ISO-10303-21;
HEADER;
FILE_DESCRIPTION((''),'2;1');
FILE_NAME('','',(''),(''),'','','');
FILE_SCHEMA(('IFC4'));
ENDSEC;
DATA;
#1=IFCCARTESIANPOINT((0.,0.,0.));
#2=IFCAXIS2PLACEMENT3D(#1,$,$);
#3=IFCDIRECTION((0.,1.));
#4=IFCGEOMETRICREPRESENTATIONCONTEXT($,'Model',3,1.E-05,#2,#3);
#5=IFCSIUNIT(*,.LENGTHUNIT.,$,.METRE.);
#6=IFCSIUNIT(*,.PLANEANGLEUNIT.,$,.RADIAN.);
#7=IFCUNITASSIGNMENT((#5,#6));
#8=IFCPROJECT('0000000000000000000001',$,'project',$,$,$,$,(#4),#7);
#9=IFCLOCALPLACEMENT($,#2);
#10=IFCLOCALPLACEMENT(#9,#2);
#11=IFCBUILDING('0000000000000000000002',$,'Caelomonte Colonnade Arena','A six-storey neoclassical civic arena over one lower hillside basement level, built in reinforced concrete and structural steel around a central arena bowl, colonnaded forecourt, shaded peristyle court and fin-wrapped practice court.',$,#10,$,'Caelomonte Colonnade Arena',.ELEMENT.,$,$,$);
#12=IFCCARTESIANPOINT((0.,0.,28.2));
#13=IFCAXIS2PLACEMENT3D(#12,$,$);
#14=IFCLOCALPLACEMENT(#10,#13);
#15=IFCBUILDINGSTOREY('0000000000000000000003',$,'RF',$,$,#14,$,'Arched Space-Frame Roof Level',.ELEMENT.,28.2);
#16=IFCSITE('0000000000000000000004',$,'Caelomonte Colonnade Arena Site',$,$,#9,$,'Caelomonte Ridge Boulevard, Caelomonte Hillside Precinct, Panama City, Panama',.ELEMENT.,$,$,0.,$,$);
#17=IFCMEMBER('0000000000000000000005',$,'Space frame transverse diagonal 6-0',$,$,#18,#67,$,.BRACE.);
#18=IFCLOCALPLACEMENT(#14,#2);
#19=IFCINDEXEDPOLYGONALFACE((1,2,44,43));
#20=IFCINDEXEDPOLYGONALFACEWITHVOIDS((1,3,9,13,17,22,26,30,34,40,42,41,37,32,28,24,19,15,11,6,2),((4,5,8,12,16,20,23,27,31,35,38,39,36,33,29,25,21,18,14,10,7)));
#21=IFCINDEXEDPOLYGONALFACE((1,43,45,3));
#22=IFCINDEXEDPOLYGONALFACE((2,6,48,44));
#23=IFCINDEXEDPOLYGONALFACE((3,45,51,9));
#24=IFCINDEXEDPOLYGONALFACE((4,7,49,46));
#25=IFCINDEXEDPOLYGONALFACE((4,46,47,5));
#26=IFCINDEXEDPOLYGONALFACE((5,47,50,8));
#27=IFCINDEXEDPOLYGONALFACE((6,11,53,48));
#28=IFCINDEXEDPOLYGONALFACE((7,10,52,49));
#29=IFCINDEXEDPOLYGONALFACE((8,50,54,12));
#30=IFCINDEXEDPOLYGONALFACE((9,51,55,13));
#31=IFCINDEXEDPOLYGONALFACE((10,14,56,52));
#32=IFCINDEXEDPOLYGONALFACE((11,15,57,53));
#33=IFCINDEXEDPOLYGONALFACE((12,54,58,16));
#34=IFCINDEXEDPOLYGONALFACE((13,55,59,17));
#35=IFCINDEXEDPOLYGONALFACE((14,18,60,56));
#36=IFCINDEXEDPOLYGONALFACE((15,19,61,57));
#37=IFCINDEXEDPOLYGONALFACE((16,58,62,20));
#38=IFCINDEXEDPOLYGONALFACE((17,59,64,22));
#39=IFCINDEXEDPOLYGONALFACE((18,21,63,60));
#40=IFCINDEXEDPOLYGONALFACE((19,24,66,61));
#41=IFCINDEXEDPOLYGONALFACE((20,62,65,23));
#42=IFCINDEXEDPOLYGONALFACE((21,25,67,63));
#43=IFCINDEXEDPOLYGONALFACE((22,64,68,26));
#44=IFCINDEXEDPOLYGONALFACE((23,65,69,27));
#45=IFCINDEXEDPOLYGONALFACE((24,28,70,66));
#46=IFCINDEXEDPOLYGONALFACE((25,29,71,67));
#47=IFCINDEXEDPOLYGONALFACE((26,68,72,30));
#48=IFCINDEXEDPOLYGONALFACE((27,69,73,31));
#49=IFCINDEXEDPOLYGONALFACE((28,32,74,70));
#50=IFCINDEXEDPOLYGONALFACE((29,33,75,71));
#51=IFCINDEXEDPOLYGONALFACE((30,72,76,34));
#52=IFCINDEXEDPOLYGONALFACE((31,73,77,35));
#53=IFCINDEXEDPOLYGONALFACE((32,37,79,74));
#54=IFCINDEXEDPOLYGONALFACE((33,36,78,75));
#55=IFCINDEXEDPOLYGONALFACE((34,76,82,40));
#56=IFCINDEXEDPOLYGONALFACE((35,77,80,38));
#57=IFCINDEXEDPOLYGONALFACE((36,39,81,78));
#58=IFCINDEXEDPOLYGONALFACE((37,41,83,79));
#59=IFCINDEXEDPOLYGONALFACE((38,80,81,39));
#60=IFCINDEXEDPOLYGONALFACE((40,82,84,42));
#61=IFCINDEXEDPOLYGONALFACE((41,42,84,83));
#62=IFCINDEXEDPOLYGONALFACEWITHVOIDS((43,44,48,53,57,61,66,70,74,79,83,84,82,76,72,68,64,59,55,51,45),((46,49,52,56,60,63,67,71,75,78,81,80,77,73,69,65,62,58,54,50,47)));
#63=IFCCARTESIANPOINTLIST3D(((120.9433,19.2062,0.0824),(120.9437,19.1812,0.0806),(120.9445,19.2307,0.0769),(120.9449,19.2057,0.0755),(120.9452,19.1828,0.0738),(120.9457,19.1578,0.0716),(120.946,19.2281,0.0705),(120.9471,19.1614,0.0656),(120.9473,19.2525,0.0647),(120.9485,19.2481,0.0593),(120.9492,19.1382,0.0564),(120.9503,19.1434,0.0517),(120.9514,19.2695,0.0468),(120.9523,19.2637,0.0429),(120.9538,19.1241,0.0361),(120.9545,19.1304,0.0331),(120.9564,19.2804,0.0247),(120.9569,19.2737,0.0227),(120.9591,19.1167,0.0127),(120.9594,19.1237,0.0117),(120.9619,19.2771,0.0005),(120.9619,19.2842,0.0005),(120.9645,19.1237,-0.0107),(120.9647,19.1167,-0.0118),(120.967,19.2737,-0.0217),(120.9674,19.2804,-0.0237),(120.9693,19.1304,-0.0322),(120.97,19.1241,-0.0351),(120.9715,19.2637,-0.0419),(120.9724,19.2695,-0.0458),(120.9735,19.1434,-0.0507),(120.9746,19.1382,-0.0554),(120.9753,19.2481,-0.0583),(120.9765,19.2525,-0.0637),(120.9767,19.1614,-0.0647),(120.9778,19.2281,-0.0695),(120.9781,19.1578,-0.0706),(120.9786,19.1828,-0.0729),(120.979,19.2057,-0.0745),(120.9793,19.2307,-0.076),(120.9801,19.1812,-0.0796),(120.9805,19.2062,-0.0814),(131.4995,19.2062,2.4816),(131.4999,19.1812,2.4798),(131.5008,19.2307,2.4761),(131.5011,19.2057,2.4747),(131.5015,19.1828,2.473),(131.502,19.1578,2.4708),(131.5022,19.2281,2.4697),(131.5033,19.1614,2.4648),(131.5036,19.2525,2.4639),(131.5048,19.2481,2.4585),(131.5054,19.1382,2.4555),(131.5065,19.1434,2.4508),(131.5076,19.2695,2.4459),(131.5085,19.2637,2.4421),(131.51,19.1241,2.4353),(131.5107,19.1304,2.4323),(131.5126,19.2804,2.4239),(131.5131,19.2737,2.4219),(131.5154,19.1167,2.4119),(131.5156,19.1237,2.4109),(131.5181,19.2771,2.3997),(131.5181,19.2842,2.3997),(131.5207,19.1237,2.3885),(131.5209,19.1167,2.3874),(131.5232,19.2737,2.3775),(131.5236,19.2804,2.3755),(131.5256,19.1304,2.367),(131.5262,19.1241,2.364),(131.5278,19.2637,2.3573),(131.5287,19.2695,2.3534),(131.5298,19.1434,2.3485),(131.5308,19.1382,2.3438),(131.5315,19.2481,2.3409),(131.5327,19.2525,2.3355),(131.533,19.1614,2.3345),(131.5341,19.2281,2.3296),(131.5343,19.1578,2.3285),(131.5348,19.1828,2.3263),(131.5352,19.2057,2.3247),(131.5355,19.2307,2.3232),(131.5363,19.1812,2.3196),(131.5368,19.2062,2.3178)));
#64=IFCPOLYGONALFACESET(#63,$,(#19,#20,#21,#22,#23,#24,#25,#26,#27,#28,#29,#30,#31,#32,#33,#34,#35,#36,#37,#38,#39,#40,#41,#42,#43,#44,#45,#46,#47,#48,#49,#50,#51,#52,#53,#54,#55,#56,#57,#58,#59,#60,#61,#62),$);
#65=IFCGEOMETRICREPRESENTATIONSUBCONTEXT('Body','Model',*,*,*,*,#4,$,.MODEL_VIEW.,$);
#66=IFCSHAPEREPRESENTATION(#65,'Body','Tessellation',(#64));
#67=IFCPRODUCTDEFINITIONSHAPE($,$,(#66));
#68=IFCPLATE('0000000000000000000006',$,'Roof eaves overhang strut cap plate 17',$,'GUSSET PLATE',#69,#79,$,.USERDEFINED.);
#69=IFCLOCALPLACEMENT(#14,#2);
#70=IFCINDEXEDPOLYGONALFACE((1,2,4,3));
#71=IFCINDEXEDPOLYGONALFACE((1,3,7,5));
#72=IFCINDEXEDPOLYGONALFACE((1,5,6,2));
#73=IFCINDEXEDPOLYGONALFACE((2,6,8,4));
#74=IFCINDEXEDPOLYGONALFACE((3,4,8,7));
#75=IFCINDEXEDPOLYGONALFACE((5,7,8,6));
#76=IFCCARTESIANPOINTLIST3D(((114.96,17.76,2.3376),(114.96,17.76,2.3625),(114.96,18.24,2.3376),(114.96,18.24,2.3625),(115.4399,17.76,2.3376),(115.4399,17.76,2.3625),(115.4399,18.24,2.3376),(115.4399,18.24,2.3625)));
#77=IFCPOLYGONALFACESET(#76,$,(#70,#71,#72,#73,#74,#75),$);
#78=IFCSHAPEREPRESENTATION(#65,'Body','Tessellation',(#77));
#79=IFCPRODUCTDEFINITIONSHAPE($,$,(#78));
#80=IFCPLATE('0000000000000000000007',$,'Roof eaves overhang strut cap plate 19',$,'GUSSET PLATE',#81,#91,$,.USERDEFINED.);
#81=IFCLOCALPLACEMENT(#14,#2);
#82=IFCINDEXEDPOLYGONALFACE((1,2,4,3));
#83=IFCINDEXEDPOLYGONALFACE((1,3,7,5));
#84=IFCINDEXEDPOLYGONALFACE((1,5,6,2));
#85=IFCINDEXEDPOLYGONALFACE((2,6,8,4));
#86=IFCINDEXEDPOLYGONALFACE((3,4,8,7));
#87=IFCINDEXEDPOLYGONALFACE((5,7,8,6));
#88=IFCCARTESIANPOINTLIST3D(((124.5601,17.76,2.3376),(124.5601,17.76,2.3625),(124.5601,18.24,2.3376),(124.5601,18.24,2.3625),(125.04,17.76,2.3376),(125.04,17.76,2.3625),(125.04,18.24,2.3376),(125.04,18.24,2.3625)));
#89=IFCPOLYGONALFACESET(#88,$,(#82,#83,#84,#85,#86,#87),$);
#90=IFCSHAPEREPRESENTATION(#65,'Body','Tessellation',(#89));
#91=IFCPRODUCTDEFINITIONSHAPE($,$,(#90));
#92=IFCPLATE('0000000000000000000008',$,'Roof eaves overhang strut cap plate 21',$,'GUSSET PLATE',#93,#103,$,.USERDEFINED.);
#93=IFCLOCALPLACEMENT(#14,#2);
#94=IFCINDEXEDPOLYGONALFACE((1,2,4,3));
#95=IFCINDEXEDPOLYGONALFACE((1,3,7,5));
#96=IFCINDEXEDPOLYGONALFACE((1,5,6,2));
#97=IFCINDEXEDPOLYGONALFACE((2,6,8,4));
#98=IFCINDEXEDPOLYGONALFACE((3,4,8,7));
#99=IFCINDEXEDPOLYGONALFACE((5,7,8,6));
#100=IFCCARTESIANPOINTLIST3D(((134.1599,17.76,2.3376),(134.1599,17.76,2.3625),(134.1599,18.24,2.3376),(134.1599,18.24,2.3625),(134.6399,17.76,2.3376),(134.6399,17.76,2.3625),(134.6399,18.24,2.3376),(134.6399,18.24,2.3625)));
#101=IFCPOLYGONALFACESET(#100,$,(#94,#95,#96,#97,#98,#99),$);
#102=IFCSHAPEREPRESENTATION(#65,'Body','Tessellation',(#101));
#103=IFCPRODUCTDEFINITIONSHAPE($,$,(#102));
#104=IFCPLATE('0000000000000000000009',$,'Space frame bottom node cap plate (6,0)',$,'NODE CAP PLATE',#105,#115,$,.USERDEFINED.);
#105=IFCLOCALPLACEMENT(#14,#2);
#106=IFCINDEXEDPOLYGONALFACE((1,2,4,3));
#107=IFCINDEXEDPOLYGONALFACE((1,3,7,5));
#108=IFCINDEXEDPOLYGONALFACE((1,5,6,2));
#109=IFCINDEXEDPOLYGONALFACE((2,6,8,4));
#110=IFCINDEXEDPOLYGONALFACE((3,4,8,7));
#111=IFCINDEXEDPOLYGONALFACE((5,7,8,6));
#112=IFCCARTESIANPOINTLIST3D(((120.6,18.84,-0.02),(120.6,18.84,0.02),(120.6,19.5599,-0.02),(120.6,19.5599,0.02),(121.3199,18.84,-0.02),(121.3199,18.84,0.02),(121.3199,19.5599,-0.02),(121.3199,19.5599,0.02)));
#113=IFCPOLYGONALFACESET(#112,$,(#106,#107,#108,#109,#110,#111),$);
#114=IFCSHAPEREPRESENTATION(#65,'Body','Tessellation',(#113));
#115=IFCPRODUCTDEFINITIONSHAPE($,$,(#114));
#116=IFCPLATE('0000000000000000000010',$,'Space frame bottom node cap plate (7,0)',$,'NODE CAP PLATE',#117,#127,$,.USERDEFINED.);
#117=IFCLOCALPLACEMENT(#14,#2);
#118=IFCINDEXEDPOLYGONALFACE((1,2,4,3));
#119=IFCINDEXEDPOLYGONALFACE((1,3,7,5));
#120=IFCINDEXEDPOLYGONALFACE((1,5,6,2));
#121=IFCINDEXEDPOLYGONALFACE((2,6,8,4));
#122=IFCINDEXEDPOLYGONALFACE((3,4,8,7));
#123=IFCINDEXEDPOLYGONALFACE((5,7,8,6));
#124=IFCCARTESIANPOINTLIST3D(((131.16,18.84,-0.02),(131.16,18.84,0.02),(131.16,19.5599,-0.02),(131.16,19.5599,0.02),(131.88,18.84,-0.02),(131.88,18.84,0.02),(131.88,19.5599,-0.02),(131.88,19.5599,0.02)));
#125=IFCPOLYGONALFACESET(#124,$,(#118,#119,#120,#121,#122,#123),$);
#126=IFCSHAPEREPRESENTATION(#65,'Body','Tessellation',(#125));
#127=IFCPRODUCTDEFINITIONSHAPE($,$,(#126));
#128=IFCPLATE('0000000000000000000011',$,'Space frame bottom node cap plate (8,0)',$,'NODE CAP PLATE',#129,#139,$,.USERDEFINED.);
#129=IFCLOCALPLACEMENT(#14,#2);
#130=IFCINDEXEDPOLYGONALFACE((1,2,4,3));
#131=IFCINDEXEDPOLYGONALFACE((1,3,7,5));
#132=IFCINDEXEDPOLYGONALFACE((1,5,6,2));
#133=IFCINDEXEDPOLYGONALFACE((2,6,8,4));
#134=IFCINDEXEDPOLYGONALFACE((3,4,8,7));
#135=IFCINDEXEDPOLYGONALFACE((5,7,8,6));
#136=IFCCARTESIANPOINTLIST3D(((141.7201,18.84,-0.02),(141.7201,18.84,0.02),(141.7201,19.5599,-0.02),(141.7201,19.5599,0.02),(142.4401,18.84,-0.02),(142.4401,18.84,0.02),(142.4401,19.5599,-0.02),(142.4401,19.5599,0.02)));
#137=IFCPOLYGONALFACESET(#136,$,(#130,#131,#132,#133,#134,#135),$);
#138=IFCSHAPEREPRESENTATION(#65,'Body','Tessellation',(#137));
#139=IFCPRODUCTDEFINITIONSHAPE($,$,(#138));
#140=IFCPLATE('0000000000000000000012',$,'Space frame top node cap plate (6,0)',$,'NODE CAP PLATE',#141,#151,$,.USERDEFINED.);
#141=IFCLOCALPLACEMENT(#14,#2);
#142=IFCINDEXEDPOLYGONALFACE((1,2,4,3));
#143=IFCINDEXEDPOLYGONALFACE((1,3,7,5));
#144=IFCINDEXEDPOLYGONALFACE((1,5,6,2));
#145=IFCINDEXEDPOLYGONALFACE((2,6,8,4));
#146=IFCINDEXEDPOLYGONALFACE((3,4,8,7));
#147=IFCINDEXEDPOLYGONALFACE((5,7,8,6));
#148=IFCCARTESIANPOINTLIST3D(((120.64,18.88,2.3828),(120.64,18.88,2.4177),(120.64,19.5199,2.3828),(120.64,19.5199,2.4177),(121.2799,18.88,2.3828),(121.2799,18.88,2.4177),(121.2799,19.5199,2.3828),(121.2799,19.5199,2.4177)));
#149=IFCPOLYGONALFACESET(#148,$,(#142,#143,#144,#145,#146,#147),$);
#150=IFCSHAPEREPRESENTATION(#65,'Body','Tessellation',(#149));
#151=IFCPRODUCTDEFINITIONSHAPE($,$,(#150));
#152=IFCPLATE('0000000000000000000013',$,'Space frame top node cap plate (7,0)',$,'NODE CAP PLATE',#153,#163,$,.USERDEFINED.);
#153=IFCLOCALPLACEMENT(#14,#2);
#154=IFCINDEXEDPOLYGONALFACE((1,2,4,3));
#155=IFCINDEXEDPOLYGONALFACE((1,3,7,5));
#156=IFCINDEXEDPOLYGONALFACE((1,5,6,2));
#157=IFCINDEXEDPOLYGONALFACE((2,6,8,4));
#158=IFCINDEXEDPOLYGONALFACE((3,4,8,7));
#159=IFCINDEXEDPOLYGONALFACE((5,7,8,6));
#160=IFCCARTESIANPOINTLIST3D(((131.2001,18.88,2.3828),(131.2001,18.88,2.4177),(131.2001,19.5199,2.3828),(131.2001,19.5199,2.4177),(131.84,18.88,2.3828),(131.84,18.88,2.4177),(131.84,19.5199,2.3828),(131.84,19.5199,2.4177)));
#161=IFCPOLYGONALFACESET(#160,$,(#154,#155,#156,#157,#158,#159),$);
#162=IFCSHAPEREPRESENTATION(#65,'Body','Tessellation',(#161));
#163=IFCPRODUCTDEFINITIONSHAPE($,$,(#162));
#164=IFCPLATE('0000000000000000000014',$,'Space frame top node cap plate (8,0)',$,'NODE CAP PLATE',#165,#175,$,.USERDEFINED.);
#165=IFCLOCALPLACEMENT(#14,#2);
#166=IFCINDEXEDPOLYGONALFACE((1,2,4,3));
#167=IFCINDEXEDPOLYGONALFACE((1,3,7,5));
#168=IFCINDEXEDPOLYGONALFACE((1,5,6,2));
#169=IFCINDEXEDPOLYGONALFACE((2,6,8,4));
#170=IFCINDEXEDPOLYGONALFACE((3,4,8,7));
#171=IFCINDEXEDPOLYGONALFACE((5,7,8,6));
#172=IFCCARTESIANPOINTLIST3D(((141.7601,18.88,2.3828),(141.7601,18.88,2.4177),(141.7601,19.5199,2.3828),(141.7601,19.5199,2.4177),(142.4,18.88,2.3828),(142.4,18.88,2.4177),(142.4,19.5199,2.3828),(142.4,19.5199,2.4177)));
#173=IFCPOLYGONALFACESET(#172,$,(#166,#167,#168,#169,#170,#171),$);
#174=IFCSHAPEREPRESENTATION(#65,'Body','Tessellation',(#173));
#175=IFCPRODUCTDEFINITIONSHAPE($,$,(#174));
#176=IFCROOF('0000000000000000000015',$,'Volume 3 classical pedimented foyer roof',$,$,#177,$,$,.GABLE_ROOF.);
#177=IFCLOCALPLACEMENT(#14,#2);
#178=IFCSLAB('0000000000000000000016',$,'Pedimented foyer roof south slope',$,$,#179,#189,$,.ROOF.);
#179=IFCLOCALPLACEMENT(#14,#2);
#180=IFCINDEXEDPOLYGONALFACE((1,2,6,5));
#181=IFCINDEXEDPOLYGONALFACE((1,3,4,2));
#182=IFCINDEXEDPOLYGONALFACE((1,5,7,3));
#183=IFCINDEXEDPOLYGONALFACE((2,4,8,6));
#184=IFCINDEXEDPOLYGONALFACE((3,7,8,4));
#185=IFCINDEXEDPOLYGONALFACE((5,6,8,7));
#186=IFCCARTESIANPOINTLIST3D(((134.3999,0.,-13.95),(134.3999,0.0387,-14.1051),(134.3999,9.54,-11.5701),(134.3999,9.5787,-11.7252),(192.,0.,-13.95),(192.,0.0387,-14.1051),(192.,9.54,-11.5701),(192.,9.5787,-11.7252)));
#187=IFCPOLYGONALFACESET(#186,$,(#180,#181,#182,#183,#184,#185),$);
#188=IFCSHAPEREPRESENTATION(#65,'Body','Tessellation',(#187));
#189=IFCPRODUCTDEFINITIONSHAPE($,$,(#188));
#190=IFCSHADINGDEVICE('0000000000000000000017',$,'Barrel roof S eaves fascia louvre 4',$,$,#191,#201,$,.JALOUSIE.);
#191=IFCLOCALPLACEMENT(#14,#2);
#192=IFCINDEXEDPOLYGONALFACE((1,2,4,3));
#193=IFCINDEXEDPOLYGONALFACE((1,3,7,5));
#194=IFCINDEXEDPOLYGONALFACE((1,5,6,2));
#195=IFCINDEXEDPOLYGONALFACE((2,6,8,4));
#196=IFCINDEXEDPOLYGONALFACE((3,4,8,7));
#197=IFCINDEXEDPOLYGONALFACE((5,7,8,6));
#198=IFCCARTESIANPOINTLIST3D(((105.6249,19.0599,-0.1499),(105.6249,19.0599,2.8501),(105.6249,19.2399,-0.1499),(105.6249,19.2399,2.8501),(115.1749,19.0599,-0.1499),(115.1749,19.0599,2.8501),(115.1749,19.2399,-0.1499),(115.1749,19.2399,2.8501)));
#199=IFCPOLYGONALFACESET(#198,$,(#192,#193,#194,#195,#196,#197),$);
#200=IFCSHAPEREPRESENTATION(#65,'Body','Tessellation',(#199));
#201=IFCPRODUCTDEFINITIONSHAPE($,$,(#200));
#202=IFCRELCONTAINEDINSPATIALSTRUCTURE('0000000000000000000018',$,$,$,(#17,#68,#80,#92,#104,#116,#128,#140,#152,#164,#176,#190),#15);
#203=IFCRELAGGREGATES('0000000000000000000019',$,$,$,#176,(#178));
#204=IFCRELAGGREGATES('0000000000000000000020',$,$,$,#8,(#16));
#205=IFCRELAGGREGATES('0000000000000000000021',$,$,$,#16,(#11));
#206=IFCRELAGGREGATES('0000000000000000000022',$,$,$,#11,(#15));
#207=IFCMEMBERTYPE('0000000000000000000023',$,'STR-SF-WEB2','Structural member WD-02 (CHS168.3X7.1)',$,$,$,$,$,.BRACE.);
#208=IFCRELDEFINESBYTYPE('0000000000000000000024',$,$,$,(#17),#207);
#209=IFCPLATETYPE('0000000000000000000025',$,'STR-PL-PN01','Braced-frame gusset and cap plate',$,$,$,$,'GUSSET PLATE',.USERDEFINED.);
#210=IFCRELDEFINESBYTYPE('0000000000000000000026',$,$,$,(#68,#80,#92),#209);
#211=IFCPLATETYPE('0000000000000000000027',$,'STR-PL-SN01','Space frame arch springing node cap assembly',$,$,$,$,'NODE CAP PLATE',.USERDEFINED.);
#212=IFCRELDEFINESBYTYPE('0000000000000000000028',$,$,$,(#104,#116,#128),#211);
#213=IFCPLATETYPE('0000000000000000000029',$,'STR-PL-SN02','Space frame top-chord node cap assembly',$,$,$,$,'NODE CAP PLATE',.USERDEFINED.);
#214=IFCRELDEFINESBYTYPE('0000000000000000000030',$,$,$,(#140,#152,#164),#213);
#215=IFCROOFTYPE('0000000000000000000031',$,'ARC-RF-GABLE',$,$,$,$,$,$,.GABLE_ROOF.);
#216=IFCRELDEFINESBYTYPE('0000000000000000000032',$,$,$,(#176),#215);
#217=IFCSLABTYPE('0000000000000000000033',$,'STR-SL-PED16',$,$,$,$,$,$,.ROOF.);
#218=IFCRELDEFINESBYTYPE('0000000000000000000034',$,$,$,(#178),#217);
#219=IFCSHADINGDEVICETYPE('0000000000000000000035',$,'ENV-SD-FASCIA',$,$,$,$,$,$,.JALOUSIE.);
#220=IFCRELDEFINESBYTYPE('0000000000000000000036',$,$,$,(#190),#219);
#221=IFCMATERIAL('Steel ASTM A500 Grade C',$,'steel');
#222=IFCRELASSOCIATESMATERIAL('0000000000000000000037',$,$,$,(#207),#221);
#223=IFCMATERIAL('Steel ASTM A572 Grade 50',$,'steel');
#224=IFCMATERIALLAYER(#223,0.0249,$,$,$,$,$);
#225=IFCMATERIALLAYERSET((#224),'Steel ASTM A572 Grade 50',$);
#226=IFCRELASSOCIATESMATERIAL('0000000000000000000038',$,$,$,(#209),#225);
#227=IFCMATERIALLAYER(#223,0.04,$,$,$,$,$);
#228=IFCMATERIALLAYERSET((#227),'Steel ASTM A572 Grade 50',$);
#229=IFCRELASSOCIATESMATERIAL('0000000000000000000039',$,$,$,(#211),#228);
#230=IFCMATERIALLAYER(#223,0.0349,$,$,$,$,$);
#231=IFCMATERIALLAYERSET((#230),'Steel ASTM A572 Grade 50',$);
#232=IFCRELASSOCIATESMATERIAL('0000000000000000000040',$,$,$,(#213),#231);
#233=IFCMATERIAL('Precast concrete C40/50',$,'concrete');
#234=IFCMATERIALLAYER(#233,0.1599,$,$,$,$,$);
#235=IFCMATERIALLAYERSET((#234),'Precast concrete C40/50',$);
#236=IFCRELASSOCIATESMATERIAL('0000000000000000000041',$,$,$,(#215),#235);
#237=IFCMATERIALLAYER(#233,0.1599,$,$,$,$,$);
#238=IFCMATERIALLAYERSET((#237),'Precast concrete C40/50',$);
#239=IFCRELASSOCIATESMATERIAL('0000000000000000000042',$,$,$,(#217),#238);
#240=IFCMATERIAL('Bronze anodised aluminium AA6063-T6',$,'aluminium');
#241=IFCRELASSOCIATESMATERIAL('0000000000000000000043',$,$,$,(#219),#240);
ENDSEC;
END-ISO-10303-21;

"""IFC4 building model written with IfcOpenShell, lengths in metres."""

from ifc_helpers import new_model, si_unit, direction, frame, origin, origin_2d, place, context, subcontext, project, spatial, polyline, rectangle, hollow_circle, outline, extrude, material, layer, layer_set, material_profile, profile_set, type_object, element, aggregate, save


model = new_model("IFC4")

# Units and contexts
model_context = context("Model", 3, precision=1e-05, world=origin(), true_north=direction((0.0, 1.0)))
body_context = subcontext(model_context, "Body", "Model", "MODEL_VIEW")
ifc_project = project(units=[si_unit("LENGTHUNIT", "METRE"), si_unit("PLANEANGLEUNIT", "RADIAN")], contexts=[model_context])

# Site, building, storey
site_placement = place(None, origin())
site = spatial("IfcSite", under=ifc_project, at=site_placement, Name="Caelomonte Colonnade Arena Site", LongName="Caelomonte Ridge Boulevard, Caelomonte Hillside Precinct, Panama City, Panama", CompositionType="ELEMENT", RefElevation=0.0)
building_placement = place(site_placement, origin())
building = spatial("IfcBuilding", under=site, at=building_placement, Name="Caelomonte Colonnade Arena", Description="A six-storey neoclassical civic arena over one lower hillside basement level, built in reinforced concrete and structural steel around a central arena bowl, colonnaded forecourt, shaded peristyle court and fin-wrapped practice court.", LongName="Caelomonte Colonnade Arena", CompositionType="ELEMENT")
storey_placement = place(building_placement, frame((0.0, 0.0, 28.2)))
storey = spatial("IfcBuildingStorey", under=building, at=storey_placement, Name="RF", LongName="Arched Space-Frame Roof Level", CompositionType="ELEMENT", Elevation=28.2)

# Member
ifc_material_1 = material(Name="Steel ASTM A500 Grade C", Category="steel")
ifc_material_profile_1 = material_profile(ifc_material_1, hollow_circle(Radius=0.0842, WallThickness=0.0071, at=origin_2d()), Name="CHS168.3X7.1")
ifc_profile_set_1 = profile_set([ifc_material_profile_1], Name="Steel ASTM A500 Grade C")
member_type_1 = type_object("IfcMemberType", Name="STR-SF-WEB2", Description="Structural member WD-02 (CHS168.3X7.1)", PredefinedType="BRACE", material=ifc_profile_set_1)
member_1_placement = place(storey_placement, frame((120.9619, 19.2, 0.0005), z_axis=(0.975132, 0.0, 0.221625), x_axis=(0.0, 1.0, 0.0)))
element("IfcMember", 1, at=member_1_placement, inside=storey, type_object=member_type_1, Name="Space frame transverse diagonal 6-0", PredefinedType="BRACE", context=body_context, shape_type="SweptSolid", body=[
    extrude(hollow_circle(Radius=0.0842, WallThickness=0.0071, at=origin_2d()), origin(), (0.0, 0.0, 1.0), 10.8254),
])

# Plates
ifc_material_2 = material(Name="Steel ASTM A572 Grade 50", Category="steel")
ifc_layer_1 = layer(ifc_material_2, 0.0249)
ifc_layer_set_1 = layer_set([ifc_layer_1], Name="Steel ASTM A572 Grade 50")
plate_type_1 = type_object("IfcPlateType", Name="STR-PL-PN01", Description="Braced-frame gusset and cap plate", ElementType="GUSSET PLATE", PredefinedType="USERDEFINED", material=ifc_layer_set_1)
for number, where, z_axis, x_axis, name in (
    (2, (115.2, 18.0, 2.3376), (0.0, 0.0, 1.0), (1.0, 0.0, 0.0), "Roof eaves overhang strut cap plate 17"),
    (3, (124.8, 18.0, 2.3376), (0.0, 0.0, 1.0), (1.0, 0.0, 0.0), "Roof eaves overhang strut cap plate 19"),
    (4, (134.3999, 18.0, 2.3376), (0.0, 0.0, 1.0), (1.0, 0.0, 0.0), "Roof eaves overhang strut cap plate 21"),
):
    element("IfcPlate", number, at=place(storey_placement, frame(where, z_axis=z_axis, x_axis=x_axis)), inside=storey, type_object=plate_type_1, Name=name, ObjectType="GUSSET PLATE", PredefinedType="USERDEFINED", context=body_context, shape_type="SweptSolid", body=[
        extrude(rectangle(XDim=0.48, YDim=0.48, at=origin_2d()), origin(), (0.0, 0.0, 1.0), 0.0249),
    ])
ifc_layer_2 = layer(ifc_material_2, 0.04)
ifc_layer_set_2 = layer_set([ifc_layer_2], Name="Steel ASTM A572 Grade 50")
plate_type_2 = type_object("IfcPlateType", Name="STR-PL-SN01", Description="Space frame arch springing node cap assembly", ElementType="NODE CAP PLATE", PredefinedType="USERDEFINED", material=ifc_layer_set_2)
for number, where, z_axis, x_axis, name in (
    (5, (120.96, 19.2, -0.02), (0.0, 0.0, 1.0), (1.0, 0.0, 0.0), "Space frame bottom node cap plate (6,0)"),
    (6, (131.52, 19.2, -0.02), (0.0, 0.0, 1.0), (1.0, 0.0, 0.0), "Space frame bottom node cap plate (7,0)"),
    (7, (142.0801, 19.2, -0.02), (0.0, 0.0, 1.0), (1.0, 0.0, 0.0), "Space frame bottom node cap plate (8,0)"),
):
    element("IfcPlate", number, at=place(storey_placement, frame(where, z_axis=z_axis, x_axis=x_axis)), inside=storey, type_object=plate_type_2, Name=name, ObjectType="NODE CAP PLATE", PredefinedType="USERDEFINED", context=body_context, shape_type="SweptSolid", body=[
        extrude(rectangle(XDim=0.72, YDim=0.72, at=origin_2d()), origin(), (0.0, 0.0, 1.0), 0.04),
    ])
ifc_layer_3 = layer(ifc_material_2, 0.0349)
ifc_layer_set_3 = layer_set([ifc_layer_3], Name="Steel ASTM A572 Grade 50")
plate_type_3 = type_object("IfcPlateType", Name="STR-PL-SN02", Description="Space frame top-chord node cap assembly", ElementType="NODE CAP PLATE", PredefinedType="USERDEFINED", material=ifc_layer_set_3)
for number, where, z_axis, x_axis, name in (
    (8, (120.96, 19.2, 2.3828), (0.0, 0.0, 1.0), (1.0, 0.0, 0.0), "Space frame top node cap plate (6,0)"),
    (9, (131.52, 19.2, 2.3828), (0.0, 0.0, 1.0), (1.0, 0.0, 0.0), "Space frame top node cap plate (7,0)"),
    (10, (142.0801, 19.2, 2.3828), (0.0, 0.0, 1.0), (1.0, 0.0, 0.0), "Space frame top node cap plate (8,0)"),
):
    element("IfcPlate", number, at=place(storey_placement, frame(where, z_axis=z_axis, x_axis=x_axis)), inside=storey, type_object=plate_type_3, Name=name, ObjectType="NODE CAP PLATE", PredefinedType="USERDEFINED", context=body_context, shape_type="SweptSolid", body=[
        extrude(rectangle(XDim=0.6399, YDim=0.6399, at=origin_2d()), origin(), (0.0, 0.0, 1.0), 0.0349),
    ])

# Roof, slab
ifc_material_3 = material(Name="Precast concrete C40/50", Category="concrete")
ifc_layer_4 = layer(ifc_material_3, 0.1599)
ifc_layer_set_4 = layer_set([ifc_layer_4], Name="Precast concrete C40/50")
roof_type = type_object("IfcRoofType", Name="ARC-RF-GABLE", PredefinedType="GABLE_ROOF", material=ifc_layer_set_4)
roof_placement = place(storey_placement, origin())
roof = element("IfcRoof", 11, at=roof_placement, inside=storey, type_object=roof_type, Name="Volume 3 classical pedimented foyer roof", PredefinedType="GABLE_ROOF")
ifc_layer_5 = layer(ifc_material_3, 0.1599)
ifc_layer_set_5 = layer_set([ifc_layer_5], Name="Precast concrete C40/50")
slab_type = type_object("IfcSlabType", Name="STR-SL-PED16", PredefinedType="ROOF", material=ifc_layer_set_5)
slab_placement = place(storey_placement, frame((134.3999, 0.0, -13.95), z_axis=(0.0, -0.242045, 0.970265), x_axis=(1.0, 0.0, 0.0)))
slab = element("IfcSlab", 12, at=slab_placement, type_object=slab_type, Name="Pedimented foyer roof south slope", PredefinedType="ROOF", context=body_context, shape_type="SweptSolid", body=[
    extrude(outline(polyline([(0.0, 0.0), (57.6001, 0.0), (57.6001, 9.8324), (0.0, 9.8324), (0.0, 0.0)])), origin(), (0.0, 0.0, -1.0), 0.1599),
])
aggregate(roof, [slab])

# Shading device
ifc_material_4 = material(Name="Bronze anodised aluminium AA6063-T6", Category="aluminium")
shading_device_type = type_object("IfcShadingDeviceType", Name="ENV-SD-FASCIA", PredefinedType="JALOUSIE", material=ifc_material_4)
for number, where, z_axis, x_axis, name in (
    (13, (110.3999, 19.1499, -0.1499), (0.0, 0.0, 1.0), (1.0, 0.0, 0.0), "Barrel roof S eaves fascia louvre 4"),
):
    element("IfcShadingDevice", number, at=place(storey_placement, frame(where, z_axis=z_axis, x_axis=x_axis)), inside=storey, type_object=shading_device_type, Name=name, PredefinedType="JALOUSIE", context=body_context, shape_type="SweptSolid", body=[
        extrude(rectangle(XDim=9.55, YDim=0.1799, at=origin_2d()), origin(), (0.0, 0.0, 1.0), 3.0),
    ])

save(model, "model.ifc")
